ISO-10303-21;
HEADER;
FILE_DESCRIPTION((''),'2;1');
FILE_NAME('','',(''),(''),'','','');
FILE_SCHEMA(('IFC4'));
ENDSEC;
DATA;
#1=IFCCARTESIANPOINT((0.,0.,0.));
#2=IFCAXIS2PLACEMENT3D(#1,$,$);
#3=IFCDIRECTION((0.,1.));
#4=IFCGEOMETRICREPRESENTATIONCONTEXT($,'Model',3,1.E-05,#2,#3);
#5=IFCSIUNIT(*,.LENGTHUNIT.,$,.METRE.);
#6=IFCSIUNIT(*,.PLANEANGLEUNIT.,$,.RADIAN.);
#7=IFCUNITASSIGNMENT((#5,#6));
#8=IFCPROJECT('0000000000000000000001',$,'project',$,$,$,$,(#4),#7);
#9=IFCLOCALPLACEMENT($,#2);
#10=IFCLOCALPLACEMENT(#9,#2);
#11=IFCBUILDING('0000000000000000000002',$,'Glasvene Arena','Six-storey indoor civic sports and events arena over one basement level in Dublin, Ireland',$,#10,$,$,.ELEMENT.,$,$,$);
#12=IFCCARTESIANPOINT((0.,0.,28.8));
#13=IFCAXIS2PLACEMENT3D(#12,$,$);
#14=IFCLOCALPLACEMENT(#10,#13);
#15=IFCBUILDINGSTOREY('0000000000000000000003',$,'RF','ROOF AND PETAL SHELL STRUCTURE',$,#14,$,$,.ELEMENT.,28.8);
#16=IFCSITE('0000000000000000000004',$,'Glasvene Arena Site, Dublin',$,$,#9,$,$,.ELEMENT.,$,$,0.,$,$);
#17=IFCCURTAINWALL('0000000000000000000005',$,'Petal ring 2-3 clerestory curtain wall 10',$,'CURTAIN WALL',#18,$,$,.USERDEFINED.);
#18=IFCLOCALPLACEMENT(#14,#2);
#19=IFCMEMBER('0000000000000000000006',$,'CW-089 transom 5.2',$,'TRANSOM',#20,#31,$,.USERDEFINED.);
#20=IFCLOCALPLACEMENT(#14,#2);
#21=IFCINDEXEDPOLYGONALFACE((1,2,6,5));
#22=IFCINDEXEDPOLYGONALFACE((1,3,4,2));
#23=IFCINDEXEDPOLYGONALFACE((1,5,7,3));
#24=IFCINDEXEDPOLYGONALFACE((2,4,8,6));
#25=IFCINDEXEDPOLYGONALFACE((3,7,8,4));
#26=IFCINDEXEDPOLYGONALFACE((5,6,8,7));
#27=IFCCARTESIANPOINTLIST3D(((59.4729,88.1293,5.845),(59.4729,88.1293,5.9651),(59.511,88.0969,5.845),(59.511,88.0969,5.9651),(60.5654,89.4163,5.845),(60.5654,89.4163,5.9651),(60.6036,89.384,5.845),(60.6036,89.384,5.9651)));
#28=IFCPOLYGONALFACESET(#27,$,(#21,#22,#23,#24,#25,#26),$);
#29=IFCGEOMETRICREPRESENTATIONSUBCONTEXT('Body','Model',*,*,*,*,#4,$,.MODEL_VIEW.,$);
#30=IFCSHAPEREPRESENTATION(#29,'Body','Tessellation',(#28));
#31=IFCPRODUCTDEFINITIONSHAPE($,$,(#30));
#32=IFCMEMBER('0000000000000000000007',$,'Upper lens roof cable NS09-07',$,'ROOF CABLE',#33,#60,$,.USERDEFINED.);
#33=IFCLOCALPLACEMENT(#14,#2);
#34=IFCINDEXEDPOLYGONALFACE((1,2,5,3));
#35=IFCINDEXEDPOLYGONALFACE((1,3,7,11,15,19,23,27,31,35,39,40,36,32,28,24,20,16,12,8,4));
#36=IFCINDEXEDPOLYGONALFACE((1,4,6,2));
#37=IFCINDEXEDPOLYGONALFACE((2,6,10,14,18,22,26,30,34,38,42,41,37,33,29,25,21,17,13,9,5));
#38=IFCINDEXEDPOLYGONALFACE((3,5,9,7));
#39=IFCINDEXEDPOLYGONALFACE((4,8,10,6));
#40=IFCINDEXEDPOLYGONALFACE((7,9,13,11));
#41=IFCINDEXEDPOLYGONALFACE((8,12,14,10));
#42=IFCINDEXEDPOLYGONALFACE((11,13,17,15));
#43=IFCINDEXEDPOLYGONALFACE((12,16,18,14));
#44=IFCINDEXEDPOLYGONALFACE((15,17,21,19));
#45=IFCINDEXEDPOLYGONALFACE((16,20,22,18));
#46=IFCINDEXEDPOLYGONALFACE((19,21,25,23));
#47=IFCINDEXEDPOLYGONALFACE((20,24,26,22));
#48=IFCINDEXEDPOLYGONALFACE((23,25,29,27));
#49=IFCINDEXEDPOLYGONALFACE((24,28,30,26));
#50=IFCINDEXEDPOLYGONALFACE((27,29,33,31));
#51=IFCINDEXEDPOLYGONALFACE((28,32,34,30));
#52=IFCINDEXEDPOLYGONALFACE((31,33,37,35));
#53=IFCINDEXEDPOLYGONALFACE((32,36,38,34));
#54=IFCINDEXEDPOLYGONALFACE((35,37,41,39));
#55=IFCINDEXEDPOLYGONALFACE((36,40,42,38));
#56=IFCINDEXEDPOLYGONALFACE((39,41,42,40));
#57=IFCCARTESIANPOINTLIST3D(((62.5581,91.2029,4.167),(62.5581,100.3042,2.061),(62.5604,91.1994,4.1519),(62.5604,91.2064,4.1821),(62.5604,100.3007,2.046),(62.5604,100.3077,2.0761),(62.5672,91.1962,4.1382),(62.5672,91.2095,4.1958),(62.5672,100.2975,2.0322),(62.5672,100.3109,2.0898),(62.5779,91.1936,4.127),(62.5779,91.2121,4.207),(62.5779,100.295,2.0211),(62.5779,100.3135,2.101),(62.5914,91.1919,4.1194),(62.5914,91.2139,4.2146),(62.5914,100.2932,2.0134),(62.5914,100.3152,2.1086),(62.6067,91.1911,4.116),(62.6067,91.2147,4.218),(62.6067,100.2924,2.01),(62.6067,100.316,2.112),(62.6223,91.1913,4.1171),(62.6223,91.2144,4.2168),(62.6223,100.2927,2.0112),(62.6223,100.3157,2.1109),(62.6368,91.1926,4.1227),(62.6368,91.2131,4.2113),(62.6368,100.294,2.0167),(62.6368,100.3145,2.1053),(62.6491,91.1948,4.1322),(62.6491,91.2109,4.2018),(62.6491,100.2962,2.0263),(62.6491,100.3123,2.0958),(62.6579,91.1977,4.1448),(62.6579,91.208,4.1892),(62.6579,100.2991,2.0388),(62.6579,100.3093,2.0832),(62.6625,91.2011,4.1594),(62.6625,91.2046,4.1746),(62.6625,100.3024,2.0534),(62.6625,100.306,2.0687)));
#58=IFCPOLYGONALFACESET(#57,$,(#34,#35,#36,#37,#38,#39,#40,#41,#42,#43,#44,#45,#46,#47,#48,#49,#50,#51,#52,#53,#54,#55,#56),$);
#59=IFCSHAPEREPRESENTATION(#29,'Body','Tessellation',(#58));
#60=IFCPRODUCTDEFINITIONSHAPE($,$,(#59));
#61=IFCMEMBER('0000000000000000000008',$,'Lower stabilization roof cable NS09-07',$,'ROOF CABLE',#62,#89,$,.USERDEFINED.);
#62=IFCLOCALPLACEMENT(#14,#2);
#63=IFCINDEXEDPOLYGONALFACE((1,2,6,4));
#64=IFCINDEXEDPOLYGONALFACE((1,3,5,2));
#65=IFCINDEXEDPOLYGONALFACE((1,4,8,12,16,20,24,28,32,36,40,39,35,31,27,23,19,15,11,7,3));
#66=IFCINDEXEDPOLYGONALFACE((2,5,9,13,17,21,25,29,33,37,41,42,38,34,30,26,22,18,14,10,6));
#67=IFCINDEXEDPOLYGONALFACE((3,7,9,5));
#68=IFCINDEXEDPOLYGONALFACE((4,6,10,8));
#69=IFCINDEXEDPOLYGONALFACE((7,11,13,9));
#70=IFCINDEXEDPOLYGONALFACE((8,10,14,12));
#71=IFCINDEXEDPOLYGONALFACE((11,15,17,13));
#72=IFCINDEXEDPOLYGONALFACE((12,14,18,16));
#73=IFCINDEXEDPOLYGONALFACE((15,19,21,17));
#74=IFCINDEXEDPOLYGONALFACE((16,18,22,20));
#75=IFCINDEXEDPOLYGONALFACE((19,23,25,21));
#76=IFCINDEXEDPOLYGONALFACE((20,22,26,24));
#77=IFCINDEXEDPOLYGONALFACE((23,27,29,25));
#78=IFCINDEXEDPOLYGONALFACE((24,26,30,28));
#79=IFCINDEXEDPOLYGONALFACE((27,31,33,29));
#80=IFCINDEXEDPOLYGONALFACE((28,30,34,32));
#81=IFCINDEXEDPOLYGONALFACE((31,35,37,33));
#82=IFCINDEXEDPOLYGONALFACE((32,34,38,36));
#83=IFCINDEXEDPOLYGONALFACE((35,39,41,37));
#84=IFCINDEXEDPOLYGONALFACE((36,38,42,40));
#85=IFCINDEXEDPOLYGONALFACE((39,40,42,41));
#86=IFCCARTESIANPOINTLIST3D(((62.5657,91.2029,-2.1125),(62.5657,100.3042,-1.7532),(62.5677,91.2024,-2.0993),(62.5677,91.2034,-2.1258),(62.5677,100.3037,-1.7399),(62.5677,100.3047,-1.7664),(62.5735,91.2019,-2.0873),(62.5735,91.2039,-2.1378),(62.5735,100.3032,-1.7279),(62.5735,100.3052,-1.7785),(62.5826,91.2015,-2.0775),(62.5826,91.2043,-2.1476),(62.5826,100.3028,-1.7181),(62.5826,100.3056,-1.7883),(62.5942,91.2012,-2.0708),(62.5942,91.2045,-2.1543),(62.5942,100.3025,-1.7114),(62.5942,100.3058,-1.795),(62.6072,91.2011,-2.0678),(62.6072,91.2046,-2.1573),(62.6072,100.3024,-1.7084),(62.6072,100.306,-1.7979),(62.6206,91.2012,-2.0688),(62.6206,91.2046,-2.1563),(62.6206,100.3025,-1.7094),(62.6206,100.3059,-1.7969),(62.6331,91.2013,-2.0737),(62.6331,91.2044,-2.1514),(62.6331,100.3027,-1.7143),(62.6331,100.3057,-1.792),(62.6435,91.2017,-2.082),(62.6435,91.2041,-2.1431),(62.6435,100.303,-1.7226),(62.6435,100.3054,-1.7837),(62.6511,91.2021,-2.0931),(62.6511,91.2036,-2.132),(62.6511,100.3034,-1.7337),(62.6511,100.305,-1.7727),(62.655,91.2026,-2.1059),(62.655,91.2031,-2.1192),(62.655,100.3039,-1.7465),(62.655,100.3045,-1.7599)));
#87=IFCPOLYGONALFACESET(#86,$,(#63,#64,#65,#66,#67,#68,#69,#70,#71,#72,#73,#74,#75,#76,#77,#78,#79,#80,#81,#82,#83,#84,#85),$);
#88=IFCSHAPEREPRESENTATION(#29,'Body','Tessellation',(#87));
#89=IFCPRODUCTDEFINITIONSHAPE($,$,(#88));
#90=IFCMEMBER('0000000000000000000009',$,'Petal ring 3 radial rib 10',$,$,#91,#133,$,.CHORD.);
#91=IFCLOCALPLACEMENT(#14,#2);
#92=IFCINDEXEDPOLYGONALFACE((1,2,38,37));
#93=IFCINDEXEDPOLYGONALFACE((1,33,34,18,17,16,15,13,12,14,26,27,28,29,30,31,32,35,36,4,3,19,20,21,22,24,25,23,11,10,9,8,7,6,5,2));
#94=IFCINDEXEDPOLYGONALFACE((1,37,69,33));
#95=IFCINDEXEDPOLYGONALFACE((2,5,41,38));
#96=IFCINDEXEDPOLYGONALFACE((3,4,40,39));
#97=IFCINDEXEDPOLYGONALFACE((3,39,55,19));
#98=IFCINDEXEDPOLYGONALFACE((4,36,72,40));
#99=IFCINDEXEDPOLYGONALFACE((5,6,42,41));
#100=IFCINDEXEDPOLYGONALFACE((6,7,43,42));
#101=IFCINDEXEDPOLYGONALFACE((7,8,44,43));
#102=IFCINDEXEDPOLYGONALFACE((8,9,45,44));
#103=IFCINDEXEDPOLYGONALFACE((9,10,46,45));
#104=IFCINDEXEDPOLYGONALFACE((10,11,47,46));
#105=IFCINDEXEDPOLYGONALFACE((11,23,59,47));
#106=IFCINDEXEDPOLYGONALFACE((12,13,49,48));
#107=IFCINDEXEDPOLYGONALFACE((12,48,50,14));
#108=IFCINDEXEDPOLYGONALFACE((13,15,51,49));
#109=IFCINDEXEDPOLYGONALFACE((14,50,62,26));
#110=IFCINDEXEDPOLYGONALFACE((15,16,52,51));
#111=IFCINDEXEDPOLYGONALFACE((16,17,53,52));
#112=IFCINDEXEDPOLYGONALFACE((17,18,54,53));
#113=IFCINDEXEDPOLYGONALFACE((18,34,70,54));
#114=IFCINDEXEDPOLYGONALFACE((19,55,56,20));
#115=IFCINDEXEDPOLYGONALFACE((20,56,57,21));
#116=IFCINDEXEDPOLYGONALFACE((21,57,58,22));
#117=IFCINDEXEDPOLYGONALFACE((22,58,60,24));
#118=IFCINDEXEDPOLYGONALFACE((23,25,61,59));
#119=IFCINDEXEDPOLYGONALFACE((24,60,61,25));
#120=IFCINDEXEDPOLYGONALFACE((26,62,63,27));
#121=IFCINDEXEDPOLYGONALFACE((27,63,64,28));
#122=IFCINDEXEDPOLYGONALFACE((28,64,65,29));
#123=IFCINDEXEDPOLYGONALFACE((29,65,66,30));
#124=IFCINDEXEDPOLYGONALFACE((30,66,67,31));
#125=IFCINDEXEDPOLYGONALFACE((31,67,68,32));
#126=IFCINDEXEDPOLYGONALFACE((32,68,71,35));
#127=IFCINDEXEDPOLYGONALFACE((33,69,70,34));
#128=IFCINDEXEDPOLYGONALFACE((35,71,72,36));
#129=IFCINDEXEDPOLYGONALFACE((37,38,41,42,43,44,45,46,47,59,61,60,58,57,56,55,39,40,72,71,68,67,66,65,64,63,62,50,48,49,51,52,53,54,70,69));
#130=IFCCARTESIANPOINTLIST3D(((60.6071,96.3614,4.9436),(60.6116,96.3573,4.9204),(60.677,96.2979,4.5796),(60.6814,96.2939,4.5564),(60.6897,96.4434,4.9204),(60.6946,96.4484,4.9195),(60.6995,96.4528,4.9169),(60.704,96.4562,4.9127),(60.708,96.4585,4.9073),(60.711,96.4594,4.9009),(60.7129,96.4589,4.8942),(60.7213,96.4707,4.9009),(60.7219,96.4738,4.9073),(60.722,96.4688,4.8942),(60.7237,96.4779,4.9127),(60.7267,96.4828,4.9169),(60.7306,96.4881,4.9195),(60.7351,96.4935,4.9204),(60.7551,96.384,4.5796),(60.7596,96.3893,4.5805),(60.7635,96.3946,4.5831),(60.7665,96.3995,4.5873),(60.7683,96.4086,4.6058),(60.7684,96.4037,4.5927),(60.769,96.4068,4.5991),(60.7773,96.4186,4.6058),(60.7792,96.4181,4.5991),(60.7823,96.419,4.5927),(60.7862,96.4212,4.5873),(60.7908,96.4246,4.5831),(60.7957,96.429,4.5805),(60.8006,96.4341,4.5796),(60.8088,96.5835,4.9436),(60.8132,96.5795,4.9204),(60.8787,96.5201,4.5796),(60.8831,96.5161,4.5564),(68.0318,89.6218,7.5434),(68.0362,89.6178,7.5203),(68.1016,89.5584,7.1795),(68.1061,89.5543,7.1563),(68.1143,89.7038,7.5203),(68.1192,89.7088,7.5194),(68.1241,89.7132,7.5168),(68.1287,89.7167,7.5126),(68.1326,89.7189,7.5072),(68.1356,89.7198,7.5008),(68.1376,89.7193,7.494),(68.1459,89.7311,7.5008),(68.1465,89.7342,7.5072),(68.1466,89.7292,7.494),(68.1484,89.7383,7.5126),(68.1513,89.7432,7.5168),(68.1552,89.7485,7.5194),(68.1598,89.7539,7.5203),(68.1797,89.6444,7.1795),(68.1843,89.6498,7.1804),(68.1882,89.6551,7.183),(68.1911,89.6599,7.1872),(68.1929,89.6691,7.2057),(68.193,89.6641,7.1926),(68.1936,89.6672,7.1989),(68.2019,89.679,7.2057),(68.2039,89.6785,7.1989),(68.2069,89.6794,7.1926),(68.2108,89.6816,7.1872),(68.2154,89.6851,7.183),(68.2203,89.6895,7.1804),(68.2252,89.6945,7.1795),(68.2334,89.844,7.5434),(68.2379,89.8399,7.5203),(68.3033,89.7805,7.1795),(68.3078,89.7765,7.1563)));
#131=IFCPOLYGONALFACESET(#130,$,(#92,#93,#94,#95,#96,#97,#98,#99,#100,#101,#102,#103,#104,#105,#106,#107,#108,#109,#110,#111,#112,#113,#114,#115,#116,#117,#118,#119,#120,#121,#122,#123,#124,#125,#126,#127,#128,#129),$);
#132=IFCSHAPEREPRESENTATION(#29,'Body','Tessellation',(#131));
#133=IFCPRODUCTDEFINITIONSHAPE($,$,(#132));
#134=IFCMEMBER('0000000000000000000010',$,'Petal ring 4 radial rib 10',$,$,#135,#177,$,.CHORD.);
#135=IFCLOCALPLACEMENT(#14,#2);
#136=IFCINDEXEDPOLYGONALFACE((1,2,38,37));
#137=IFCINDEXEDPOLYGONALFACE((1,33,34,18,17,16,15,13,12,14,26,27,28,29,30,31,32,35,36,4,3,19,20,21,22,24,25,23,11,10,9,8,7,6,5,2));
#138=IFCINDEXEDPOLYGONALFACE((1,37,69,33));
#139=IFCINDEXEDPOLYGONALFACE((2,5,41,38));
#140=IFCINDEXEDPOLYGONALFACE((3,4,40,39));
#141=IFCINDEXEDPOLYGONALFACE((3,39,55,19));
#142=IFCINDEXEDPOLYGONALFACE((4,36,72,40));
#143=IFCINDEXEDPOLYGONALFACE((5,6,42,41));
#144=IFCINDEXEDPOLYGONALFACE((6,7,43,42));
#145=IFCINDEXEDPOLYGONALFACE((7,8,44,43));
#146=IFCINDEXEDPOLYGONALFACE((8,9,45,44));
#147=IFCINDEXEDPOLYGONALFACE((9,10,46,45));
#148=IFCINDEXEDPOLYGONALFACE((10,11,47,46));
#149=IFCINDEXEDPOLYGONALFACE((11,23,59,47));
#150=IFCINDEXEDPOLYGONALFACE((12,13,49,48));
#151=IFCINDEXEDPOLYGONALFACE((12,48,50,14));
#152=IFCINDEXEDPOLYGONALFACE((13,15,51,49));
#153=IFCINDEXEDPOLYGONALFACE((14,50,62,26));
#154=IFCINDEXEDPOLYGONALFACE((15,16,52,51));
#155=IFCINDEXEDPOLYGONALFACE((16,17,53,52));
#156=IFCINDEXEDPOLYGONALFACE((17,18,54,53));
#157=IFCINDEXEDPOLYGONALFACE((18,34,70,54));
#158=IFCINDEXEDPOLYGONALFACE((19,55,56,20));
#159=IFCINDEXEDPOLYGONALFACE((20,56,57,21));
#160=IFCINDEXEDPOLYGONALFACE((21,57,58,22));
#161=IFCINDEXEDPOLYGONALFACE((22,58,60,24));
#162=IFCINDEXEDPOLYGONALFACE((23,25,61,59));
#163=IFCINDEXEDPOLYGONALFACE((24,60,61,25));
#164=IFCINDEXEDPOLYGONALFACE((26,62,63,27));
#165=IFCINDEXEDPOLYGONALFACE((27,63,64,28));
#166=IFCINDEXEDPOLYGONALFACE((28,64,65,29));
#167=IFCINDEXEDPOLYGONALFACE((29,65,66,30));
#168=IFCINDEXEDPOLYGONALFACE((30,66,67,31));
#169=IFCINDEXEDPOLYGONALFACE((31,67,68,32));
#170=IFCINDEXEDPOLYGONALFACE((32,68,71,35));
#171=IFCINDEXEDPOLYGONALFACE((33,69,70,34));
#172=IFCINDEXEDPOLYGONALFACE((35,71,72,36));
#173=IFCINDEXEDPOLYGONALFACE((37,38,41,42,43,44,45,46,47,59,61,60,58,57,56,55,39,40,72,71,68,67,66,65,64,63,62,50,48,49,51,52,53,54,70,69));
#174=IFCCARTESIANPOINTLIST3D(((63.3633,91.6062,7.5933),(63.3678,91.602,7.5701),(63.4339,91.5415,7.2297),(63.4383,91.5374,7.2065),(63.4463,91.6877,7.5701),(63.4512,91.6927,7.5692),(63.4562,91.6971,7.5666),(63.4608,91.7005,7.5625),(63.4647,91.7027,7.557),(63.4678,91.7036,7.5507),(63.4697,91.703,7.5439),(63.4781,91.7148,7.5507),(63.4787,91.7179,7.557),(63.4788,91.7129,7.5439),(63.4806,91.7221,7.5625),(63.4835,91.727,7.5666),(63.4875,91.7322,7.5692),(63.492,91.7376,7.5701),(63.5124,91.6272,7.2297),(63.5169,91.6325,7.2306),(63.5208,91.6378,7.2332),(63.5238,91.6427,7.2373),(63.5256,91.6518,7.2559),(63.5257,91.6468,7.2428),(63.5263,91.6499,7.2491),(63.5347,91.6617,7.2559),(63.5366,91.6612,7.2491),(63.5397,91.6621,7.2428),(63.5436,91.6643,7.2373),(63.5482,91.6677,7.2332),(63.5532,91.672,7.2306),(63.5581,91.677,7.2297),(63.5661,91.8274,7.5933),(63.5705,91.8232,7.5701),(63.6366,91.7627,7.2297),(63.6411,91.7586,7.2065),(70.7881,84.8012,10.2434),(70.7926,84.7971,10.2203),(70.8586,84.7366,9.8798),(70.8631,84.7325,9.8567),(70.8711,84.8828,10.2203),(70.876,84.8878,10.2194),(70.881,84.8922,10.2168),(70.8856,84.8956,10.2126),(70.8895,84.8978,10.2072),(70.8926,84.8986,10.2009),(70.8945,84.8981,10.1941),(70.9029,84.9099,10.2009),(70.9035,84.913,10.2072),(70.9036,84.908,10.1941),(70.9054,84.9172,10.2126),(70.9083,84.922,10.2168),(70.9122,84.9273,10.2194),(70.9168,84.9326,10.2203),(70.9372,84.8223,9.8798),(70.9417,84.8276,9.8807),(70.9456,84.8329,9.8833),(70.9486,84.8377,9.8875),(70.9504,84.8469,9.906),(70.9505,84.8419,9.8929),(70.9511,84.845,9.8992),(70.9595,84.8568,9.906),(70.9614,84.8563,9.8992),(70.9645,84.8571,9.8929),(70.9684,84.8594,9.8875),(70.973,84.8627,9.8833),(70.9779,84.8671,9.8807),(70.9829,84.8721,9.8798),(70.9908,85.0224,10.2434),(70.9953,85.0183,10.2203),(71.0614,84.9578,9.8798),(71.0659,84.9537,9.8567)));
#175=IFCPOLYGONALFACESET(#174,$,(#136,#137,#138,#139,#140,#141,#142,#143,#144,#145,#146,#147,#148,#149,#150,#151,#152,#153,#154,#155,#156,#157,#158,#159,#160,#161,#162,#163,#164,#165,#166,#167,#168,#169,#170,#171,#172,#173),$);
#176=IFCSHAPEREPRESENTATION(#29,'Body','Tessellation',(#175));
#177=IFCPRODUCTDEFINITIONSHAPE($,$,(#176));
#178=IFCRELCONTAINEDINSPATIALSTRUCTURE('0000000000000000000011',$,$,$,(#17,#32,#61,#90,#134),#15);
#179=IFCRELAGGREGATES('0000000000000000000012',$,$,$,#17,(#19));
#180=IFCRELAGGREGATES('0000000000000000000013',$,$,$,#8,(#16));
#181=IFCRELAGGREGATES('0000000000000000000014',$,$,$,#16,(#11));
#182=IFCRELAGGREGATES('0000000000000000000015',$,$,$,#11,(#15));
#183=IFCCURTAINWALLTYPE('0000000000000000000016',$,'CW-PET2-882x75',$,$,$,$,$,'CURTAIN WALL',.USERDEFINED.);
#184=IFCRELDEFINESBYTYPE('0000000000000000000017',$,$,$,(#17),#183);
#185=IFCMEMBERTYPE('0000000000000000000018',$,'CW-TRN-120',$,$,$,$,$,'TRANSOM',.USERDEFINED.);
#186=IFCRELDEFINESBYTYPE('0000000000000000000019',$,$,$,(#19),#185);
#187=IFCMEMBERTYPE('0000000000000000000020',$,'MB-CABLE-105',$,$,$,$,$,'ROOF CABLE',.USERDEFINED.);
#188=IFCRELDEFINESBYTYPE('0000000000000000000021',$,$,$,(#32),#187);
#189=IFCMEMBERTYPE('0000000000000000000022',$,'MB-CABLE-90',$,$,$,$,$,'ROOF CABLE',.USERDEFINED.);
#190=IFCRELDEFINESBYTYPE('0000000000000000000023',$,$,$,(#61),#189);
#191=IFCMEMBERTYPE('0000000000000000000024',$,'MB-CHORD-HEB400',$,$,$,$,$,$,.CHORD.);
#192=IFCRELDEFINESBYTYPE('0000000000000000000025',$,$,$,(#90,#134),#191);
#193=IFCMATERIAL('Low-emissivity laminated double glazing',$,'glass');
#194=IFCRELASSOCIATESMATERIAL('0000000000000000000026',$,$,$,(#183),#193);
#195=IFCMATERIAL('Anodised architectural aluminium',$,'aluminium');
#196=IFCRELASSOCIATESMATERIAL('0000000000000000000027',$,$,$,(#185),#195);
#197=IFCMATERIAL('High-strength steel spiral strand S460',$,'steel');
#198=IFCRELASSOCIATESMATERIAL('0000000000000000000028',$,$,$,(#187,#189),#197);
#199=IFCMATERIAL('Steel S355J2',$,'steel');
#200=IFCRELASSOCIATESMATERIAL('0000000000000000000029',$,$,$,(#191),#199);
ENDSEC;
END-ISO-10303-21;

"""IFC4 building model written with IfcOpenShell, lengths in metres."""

from ifc_helpers import new_model, si_unit, direction, frame, origin, origin_2d, place, context, subcontext, project, spatial, rectangle, circle, i_section, extrude, material, material_profile, profile_set, type_object, element, aggregate, save


model = new_model("IFC4")

# Units and contexts
model_context = context("Model", 3, precision=1e-05, world=origin(), true_north=direction((0.0, 1.0)))
body_context = subcontext(model_context, "Body", "Model", "MODEL_VIEW")
ifc_project = project(units=[si_unit("LENGTHUNIT", "METRE"), si_unit("PLANEANGLEUNIT", "RADIAN")], contexts=[model_context])

# Site, building, storey
site_placement = place(None, origin())
site = spatial("IfcSite", under=ifc_project, at=site_placement, Name="Glasvene Arena Site, Dublin", CompositionType="ELEMENT", RefElevation=0.0)
building_placement = place(site_placement, origin())
building = spatial("IfcBuilding", under=site, at=building_placement, Name="Glasvene Arena", Description="Six-storey indoor civic sports and events arena over one basement level in Dublin, Ireland", CompositionType="ELEMENT")
storey_placement = place(building_placement, frame((0.0, 0.0, 28.8)))
storey = spatial("IfcBuildingStorey", under=building, at=storey_placement, Name="RF", Description="ROOF AND PETAL SHELL STRUCTURE", CompositionType="ELEMENT", Elevation=28.8)

# Shared definitions
ifc_material_1 = material(Name="Low-emissivity laminated double glazing", Category="glass")
ifc_material_2 = material(Name="Anodised architectural aluminium", Category="aluminium")

# Curtain wall, member
curtain_wall_type_1 = type_object("IfcCurtainWallType", Name="CW-PET2-882x75", ElementType="CURTAIN WALL", PredefinedType="USERDEFINED", material=ifc_material_1)
curtain_wall_1_placement = place(storey_placement, frame((65.1648, 94.7957, 0.0)))
curtain_wall_1 = element("IfcCurtainWall", 1, at=curtain_wall_1_placement, inside=storey, type_object=curtain_wall_type_1, Name="Petal ring 2-3 clerestory curtain wall 10", ObjectType="CURTAIN WALL", PredefinedType="USERDEFINED")
ifc_material_profile_1 = material_profile(ifc_material_2, rectangle(XDim=0.05, YDim=0.1201, at=origin_2d()), Name="ALU TRANSOM 50x120")
ifc_profile_set_1 = profile_set([ifc_material_profile_1], Name="Anodised architectural aluminium")
member_type_1 = type_object("IfcMemberType", Name="CW-TRN-120", ElementType="TRANSOM", PredefinedType="USERDEFINED", material=ifc_profile_set_1)
member_1_placement = place(storey_placement, frame((60.5845, 89.4001, 5.905), z_axis=(-0.647128, -0.762382, 0.0), x_axis=(0.762382, -0.647128, 0.0)))
member_1 = element("IfcMember", 2, at=member_1_placement, type_object=member_type_1, Name="CW-089 transom 5.2", ObjectType="TRANSOM", PredefinedType="USERDEFINED", context=body_context, shape_type="SweptSolid", body=[
    extrude(rectangle(XDim=0.05, YDim=0.1201, at=origin_2d()), origin(), (0.0, 0.0, 1.0), 1.6882),
])

# Members
ifc_material_3 = material(Name="High-strength steel spiral strand S460", Category="steel")
ifc_material_profile_2 = material_profile(ifc_material_3, circle(Radius=0.0525, at=origin_2d()), Name="LCSS D105")
ifc_profile_set_2 = profile_set([ifc_material_profile_2], Name="High-strength steel spiral strand S460")
member_type_2 = type_object("IfcMemberType", Name="MB-CABLE-105", ElementType="ROOF CABLE", PredefinedType="USERDEFINED", material=ifc_profile_set_2)
member_2_placement = place(storey_placement, frame((62.6106, 91.2029, 4.167), z_axis=(0.0, 0.974258, -0.225434), x_axis=(-1.0, 0.0, 0.0)))
element("IfcMember", 3, at=member_2_placement, inside=storey, type_object=member_type_2, Name="Upper lens roof cable NS09-07", ObjectType="ROOF CABLE", PredefinedType="USERDEFINED", context=body_context, shape_type="SweptSolid", body=[
    extrude(circle(Radius=0.0525, at=origin_2d()), origin(), (0.0, 0.0, 1.0), 9.3418),
])
ifc_material_profile_3 = material_profile(ifc_material_3, circle(Radius=0.0449, at=origin_2d()), Name="LCSS D90")
ifc_profile_set_3 = profile_set([ifc_material_profile_3], Name="High-strength steel spiral strand S460")
member_type_3 = type_object("IfcMemberType", Name="MB-CABLE-90", ElementType="ROOF CABLE", PredefinedType="USERDEFINED", material=ifc_profile_set_3)
member_3_placement = place(storey_placement, frame((62.6106, 91.2029, -2.1125), z_axis=(0.0, 0.999221, 0.039455), x_axis=(-1.0, 0.0, 0.0)))
element("IfcMember", 4, at=member_3_placement, inside=storey, type_object=member_type_3, Name="Lower stabilization roof cable NS09-07", ObjectType="ROOF CABLE", PredefinedType="USERDEFINED", context=body_context, shape_type="SweptSolid", body=[
    extrude(circle(Radius=0.0449, at=origin_2d()), origin(), (0.0, 0.0, 1.0), 9.1084),
])
ifc_material_4 = material(Name="Steel S355J2", Category="steel")
ifc_material_profile_4 = material_profile(ifc_material_4, i_section(OverallWidth=0.3, OverallDepth=0.3999, WebThickness=0.0134, FlangeThickness=0.0239, FilletRadius=0.0271, at=origin_2d()), Name="HEB 400")
ifc_profile_set_4 = profile_set([ifc_material_profile_4], Name="Steel S355J2")
member_type_4 = type_object("IfcMemberType", Name="MB-CHORD-HEB400", PredefinedType="CHORD", material=ifc_profile_set_4)
member_4_placement = place(storey_placement, frame((60.7451, 96.4387, 4.75), z_axis=(0.716741, -0.650608, 0.250981), x_axis=(0.672121, 0.740441, 0.0)))
element("IfcMember", 5, at=member_4_placement, inside=storey, type_object=member_type_4, Name="Petal ring 3 radial rib 10", PredefinedType="CHORD", context=body_context, shape_type="SweptSolid", body=[
    extrude(i_section(OverallWidth=0.3, OverallDepth=0.3999, WebThickness=0.0134, FlangeThickness=0.0239, FilletRadius=0.0271, at=origin_2d()), origin(), (0.0, 0.0, 1.0), 10.3589),
])
member_5_placement = place(storey_placement, frame((63.5022, 91.6824, 7.3999), z_axis=(0.712942, -0.653421, 0.254471), x_axis=(0.675663, 0.73721, 0.0)))
element("IfcMember", 6, at=member_5_placement, inside=storey, type_object=member_type_4, Name="Petal ring 4 radial rib 10", PredefinedType="CHORD", context=body_context, shape_type="SweptSolid", body=[
    extrude(i_section(OverallWidth=0.3, OverallDepth=0.3999, WebThickness=0.0134, FlangeThickness=0.0239, FilletRadius=0.0271, at=origin_2d()), origin(), (0.0, 0.0, 1.0), 10.4143),
])

aggregate(curtain_wall_1, [member_1])

save(model, "model.ifc")
